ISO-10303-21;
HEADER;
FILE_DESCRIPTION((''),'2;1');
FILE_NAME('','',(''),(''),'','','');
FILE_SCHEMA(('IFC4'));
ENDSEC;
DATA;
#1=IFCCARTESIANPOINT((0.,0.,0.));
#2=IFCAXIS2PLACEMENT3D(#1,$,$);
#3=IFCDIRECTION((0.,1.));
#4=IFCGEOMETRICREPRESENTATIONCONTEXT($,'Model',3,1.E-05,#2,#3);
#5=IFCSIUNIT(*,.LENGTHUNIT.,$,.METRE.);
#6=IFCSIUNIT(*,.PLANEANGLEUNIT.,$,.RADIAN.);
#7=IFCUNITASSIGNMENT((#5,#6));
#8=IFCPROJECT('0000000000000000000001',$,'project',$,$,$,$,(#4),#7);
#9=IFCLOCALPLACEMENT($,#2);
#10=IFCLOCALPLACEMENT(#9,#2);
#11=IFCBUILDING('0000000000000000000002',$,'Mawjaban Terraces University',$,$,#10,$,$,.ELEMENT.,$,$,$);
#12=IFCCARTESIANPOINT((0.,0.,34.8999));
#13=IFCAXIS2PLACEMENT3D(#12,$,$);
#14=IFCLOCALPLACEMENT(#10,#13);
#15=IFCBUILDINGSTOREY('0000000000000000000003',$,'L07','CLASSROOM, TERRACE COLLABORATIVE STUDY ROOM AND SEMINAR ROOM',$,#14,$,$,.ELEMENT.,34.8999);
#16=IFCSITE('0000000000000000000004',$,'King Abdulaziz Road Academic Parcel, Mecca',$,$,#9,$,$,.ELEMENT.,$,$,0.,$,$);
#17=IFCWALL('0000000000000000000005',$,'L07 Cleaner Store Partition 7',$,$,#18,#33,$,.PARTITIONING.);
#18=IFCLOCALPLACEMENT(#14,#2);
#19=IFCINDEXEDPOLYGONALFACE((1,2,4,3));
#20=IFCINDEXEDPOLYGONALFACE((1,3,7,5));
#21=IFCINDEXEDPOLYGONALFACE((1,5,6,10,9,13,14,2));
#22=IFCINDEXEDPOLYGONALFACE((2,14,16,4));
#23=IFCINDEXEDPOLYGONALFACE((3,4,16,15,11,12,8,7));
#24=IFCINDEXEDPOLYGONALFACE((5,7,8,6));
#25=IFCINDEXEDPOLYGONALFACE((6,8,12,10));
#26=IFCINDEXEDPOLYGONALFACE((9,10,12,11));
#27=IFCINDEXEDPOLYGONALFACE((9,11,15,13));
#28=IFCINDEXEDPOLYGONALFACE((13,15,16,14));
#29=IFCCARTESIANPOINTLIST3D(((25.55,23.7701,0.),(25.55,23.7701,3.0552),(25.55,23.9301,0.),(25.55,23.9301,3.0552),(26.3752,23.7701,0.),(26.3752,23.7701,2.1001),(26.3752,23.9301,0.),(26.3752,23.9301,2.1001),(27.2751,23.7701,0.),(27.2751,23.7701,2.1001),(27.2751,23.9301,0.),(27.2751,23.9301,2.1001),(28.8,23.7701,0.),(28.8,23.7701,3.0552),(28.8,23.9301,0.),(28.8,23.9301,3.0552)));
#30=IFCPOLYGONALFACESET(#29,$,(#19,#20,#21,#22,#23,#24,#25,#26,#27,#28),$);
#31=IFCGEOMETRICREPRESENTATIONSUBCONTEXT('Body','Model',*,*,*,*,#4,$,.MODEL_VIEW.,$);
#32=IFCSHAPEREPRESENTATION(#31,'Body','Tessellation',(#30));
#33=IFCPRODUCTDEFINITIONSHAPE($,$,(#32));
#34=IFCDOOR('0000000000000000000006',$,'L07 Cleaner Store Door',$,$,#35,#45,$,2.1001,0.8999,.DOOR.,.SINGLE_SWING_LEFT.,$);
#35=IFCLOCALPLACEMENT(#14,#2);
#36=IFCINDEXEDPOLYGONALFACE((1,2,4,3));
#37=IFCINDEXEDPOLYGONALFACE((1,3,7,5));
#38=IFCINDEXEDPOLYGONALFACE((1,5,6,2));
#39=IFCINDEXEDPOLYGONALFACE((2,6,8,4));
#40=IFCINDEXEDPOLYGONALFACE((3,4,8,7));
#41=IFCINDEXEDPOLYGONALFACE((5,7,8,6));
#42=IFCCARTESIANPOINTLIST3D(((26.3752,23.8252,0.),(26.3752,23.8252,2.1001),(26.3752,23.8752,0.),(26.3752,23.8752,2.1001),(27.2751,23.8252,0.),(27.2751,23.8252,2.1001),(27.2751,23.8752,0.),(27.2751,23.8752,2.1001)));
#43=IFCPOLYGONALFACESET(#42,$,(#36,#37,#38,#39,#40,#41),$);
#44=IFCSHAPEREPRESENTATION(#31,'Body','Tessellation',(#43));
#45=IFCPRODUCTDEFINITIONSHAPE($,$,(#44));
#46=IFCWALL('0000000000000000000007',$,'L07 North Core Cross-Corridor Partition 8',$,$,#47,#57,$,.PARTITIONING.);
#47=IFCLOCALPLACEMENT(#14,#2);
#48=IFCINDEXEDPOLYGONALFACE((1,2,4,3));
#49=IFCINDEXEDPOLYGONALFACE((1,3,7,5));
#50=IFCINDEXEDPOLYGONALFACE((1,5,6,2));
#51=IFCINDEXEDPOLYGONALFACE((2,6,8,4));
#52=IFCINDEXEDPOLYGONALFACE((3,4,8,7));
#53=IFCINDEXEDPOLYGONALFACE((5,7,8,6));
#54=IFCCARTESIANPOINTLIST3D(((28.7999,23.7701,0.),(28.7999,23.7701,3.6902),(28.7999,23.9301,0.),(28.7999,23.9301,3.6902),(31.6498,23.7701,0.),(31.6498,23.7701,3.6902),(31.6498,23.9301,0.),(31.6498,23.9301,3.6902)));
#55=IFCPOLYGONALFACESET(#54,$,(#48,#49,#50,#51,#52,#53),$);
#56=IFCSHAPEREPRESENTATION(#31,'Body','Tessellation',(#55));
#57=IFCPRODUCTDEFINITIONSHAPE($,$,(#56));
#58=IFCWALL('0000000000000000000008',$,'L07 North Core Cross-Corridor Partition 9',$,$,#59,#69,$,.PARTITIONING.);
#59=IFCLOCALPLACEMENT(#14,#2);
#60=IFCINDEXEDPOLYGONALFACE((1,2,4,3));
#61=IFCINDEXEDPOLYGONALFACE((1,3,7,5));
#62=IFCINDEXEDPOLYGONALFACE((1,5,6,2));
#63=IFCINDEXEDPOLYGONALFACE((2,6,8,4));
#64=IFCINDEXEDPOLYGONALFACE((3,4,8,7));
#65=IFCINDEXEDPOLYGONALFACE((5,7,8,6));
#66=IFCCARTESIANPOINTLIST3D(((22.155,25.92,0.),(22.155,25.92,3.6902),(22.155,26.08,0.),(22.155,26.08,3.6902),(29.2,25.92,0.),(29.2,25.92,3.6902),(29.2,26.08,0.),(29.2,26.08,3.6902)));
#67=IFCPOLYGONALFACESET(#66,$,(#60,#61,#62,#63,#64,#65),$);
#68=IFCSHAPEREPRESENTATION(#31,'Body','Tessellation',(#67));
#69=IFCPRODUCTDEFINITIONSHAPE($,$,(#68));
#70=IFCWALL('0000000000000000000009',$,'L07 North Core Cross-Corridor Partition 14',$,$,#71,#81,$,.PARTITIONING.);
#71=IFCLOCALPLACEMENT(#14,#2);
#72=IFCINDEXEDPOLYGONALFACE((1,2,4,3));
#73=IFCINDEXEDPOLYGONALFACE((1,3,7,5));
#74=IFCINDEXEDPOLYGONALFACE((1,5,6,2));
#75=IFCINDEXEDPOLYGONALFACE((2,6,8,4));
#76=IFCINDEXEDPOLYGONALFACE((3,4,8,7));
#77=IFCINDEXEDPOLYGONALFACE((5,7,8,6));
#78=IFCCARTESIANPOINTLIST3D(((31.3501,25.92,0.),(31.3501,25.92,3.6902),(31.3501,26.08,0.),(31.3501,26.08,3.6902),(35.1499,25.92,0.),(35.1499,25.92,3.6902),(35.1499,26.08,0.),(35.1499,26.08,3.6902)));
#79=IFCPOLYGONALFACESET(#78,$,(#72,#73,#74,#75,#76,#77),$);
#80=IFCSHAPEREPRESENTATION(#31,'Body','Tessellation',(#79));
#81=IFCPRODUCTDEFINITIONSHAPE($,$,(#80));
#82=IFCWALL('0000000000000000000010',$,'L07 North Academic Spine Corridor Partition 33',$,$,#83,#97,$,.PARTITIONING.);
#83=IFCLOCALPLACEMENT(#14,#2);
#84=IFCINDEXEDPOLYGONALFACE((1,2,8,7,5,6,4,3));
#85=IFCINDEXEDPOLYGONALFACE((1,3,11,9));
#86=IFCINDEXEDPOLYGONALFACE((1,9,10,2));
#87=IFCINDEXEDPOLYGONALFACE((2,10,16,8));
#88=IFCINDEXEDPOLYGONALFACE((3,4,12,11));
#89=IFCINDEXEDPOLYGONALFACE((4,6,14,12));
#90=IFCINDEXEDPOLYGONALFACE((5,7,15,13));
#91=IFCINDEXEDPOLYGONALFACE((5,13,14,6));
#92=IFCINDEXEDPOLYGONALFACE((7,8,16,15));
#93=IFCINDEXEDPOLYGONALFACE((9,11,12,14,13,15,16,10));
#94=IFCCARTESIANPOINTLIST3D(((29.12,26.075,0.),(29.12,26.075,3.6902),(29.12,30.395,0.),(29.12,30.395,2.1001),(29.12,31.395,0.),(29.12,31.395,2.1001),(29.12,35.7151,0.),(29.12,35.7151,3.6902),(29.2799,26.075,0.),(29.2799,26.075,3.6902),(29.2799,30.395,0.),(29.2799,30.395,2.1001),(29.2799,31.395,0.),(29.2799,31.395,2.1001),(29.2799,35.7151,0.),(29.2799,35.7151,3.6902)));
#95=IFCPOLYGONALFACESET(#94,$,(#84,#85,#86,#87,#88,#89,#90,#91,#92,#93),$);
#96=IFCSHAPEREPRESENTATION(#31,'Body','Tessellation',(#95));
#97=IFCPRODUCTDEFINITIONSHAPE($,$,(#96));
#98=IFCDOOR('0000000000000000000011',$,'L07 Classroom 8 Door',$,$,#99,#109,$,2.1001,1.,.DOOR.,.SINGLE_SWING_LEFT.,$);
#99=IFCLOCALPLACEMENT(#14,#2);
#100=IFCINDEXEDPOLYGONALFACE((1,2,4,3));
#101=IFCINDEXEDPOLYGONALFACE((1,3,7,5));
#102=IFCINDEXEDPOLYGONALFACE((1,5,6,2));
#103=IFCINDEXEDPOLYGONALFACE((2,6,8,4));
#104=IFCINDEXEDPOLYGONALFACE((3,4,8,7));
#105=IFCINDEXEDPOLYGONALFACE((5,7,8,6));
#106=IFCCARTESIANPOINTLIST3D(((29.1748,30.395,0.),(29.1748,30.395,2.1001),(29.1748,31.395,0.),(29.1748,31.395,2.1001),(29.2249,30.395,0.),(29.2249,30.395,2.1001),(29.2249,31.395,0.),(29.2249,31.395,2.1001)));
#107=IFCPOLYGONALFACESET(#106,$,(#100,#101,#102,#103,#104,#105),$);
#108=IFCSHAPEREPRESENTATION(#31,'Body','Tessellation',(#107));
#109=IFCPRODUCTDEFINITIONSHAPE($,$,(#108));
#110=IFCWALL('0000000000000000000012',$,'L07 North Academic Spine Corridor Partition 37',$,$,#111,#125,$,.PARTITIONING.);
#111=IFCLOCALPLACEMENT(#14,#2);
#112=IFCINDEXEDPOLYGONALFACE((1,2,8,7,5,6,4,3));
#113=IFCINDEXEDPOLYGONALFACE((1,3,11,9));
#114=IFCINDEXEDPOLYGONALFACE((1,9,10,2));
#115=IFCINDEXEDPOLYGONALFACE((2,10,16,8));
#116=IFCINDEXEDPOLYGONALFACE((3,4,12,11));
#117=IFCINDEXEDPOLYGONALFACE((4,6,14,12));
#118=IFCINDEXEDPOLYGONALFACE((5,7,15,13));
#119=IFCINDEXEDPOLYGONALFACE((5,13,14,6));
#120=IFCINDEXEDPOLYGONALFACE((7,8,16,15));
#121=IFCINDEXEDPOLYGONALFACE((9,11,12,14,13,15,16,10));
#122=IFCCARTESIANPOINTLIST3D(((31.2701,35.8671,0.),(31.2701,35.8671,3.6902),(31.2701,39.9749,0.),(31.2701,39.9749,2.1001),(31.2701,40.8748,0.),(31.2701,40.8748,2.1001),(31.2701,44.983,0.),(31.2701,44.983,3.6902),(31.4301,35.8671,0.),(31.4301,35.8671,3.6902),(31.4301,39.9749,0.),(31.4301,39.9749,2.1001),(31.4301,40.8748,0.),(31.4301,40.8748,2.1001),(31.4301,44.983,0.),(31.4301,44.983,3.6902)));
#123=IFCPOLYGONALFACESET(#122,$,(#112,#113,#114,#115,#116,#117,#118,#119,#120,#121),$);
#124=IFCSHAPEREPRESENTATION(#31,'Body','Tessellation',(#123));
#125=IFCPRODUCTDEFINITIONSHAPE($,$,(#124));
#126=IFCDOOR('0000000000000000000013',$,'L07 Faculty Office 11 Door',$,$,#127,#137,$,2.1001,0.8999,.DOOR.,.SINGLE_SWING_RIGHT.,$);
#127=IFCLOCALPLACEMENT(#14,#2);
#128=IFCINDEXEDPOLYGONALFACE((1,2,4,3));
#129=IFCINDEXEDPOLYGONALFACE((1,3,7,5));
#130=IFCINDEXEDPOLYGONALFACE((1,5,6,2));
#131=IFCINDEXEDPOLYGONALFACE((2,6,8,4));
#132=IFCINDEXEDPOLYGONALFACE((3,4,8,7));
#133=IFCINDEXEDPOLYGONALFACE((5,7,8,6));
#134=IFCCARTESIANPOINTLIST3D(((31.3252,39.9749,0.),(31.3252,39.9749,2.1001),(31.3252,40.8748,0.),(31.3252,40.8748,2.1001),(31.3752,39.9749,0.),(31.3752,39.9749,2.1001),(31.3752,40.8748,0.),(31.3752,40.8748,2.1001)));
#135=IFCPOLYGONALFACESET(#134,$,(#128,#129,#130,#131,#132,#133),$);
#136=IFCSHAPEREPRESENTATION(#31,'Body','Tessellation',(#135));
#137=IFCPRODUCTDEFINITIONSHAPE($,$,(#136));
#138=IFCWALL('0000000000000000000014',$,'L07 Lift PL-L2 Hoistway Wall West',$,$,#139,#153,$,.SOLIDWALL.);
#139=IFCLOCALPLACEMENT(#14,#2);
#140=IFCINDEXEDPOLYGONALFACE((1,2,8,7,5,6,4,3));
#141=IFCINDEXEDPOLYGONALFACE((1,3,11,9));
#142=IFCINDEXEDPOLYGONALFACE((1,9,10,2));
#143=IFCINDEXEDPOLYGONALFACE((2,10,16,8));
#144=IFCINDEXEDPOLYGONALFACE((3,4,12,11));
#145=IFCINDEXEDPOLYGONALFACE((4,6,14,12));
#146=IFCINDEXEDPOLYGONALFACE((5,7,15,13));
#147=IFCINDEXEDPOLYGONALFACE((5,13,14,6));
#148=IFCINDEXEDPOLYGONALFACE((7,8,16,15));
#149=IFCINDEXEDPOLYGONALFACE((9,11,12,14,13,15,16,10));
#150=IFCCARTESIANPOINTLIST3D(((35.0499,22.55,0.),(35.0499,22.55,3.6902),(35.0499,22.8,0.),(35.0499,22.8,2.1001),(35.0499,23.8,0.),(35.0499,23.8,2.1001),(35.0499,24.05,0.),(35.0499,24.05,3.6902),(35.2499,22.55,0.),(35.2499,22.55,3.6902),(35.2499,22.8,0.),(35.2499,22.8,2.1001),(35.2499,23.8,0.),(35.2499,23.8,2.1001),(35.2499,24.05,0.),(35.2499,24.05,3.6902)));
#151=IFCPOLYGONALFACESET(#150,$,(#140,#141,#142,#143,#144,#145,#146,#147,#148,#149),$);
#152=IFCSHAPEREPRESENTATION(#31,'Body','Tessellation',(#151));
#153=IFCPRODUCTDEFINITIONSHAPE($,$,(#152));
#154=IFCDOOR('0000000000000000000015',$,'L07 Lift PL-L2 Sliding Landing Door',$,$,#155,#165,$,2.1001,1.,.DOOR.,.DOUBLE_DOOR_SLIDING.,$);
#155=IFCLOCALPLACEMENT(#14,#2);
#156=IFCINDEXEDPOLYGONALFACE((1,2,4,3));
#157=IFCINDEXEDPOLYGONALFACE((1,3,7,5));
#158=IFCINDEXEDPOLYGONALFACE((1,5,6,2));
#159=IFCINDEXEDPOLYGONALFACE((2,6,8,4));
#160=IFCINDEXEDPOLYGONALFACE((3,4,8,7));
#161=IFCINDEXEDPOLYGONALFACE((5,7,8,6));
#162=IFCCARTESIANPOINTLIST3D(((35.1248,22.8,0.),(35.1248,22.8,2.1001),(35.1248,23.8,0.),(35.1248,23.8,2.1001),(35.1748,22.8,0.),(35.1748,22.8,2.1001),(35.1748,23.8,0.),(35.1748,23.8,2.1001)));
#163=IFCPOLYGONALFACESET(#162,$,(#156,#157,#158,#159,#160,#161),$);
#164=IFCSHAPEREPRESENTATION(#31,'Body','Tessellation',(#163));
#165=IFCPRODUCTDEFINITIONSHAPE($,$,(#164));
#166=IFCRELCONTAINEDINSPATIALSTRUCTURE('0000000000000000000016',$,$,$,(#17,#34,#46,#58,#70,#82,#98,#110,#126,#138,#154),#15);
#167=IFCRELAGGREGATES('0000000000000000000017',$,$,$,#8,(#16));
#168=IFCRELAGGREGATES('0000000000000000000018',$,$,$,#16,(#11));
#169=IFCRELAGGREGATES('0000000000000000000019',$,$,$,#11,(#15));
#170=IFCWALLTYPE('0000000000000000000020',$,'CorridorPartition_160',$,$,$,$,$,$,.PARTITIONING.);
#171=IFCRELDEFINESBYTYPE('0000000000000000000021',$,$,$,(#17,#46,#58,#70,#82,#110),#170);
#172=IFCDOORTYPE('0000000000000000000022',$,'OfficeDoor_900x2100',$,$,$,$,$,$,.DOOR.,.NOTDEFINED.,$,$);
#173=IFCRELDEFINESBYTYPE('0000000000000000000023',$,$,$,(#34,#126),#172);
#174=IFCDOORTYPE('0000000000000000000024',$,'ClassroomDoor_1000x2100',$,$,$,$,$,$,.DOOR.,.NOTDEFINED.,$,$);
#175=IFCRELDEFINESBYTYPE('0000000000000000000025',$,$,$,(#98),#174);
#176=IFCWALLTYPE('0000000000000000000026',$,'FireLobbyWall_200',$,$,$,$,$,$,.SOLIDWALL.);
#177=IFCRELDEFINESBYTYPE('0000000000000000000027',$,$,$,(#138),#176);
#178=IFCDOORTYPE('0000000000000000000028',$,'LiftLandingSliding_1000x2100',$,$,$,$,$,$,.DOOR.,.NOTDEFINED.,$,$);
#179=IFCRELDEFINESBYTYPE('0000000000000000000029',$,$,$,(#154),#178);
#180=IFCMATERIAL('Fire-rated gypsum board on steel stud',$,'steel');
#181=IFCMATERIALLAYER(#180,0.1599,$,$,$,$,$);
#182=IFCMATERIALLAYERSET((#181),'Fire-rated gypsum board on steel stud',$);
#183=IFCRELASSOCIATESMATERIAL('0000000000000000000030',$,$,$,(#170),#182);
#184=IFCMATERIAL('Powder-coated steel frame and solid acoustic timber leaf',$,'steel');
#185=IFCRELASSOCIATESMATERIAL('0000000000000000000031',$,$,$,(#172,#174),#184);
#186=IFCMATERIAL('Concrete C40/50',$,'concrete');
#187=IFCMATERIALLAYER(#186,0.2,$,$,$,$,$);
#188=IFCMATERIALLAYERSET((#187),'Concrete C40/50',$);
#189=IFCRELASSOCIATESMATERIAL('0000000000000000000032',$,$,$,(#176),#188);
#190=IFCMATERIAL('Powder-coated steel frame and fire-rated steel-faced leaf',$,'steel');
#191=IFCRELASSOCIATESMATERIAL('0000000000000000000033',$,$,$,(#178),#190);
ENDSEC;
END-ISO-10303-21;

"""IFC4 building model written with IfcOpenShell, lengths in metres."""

from ifc_helpers import new_model, si_unit, direction, frame, frame_2d, origin, place, context, subcontext, project, spatial, rectangle, extrude, material, layer, layer_set, type_object, element, fill, save


model = new_model("IFC4")

# Units and contexts
model_context = context("Model", 3, precision=1e-05, world=origin(), true_north=direction((0.0, 1.0)))
body_context = subcontext(model_context, "Body", "Model", "MODEL_VIEW")
ifc_project = project(units=[si_unit("LENGTHUNIT", "METRE"), si_unit("PLANEANGLEUNIT", "RADIAN")], contexts=[model_context])

# Site, building, storey
site_placement = place(None, origin())
site = spatial("IfcSite", under=ifc_project, at=site_placement, Name="King Abdulaziz Road Academic Parcel, Mecca", CompositionType="ELEMENT", RefElevation=0.0)
building_placement = place(site_placement, origin())
building = spatial("IfcBuilding", under=site, at=building_placement, Name="Mawjaban Terraces University", CompositionType="ELEMENT")
storey_placement = place(building_placement, frame((0.0, 0.0, 34.8999)))
storey = spatial("IfcBuildingStorey", under=building, at=storey_placement, Name="L07", Description="CLASSROOM, TERRACE COLLABORATIVE STUDY ROOM AND SEMINAR ROOM", CompositionType="ELEMENT", Elevation=34.8999)

# Wall, opening, door
ifc_material_1 = material(Name="Fire-rated gypsum board on steel stud", Category="steel")
ifc_layer_1 = layer(ifc_material_1, 0.1599)
ifc_layer_set_1 = layer_set([ifc_layer_1], Name="Fire-rated gypsum board on steel stud")
wall_type_1 = type_object("IfcWallType", Name="CorridorPartition_160", PredefinedType="PARTITIONING", material=ifc_layer_set_1)
wall_1_placement = place(storey_placement, frame((28.8, 23.8501, 0.0), z_axis=(0.0, 0.0, 1.0), x_axis=(-1.0, 0.0, 0.0)))
wall_1 = element("IfcWall", 1, at=wall_1_placement, inside=storey, type_object=wall_type_1, Name="L07 Cleaner Store Partition 7", PredefinedType="PARTITIONING", context=body_context, shape_type="SweptSolid", body=[
    extrude(rectangle(XDim=3.25, YDim=0.1599, at=frame_2d((1.625, 0.0))), origin(), (0.0, 0.0, 1.0), 3.0552),
])
opening_1_placement = place(wall_1_placement, frame((1.5249, 0.0, 0.0)))
opening_1 = element("IfcOpeningElement", 2, at=opening_1_placement, cuts=wall_1, PredefinedType="OPENING", context=body_context, shape_type="SweptSolid", body=[
    extrude(rectangle(XDim=0.8999, YDim=2.1001, at=frame_2d((0.45, 1.05))), frame((0.0, 0.0898, 0.0), z_axis=(0.0, -1.0, 0.0), x_axis=(1.0, 0.0, 0.0)), (0.0, 0.0, 1.0), 0.1799),
])
ifc_material_2 = material(Name="Powder-coated steel frame and solid acoustic timber leaf", Category="steel")
door_type_1 = type_object("IfcDoorType", Name="OfficeDoor_900x2100", OperationType="NOTDEFINED", PredefinedType="DOOR", material=ifc_material_2)
door_1_placement = place(opening_1_placement, origin())
door_1 = element("IfcDoor", 3, at=door_1_placement, inside=storey, type_object=door_type_1, Name="L07 Cleaner Store Door", OperationType="SINGLE_SWING_LEFT", OverallHeight=2.1001, OverallWidth=0.8999, PredefinedType="DOOR", context=body_context, shape_type="SweptSolid", body=[
    extrude(rectangle(XDim=0.8999, YDim=2.1001, at=frame_2d((0.45, 1.05))), frame((0.0, 0.0249, 0.0), z_axis=(0.0, -1.0, 0.0), x_axis=(1.0, 0.0, 0.0)), (0.0, 0.0, 1.0), 0.05),
])
fill(opening_1, door_1)

# Walls
wall_2_placement = place(storey_placement, frame((28.8, 23.8501, 0.0), z_axis=(0.0, 0.0, 1.0), x_axis=(1.0, 0.0, 0.0)))
element("IfcWall", 4, at=wall_2_placement, inside=storey, type_object=wall_type_1, Name="L07 North Core Cross-Corridor Partition 8", PredefinedType="PARTITIONING", context=body_context, shape_type="SweptSolid", body=[
    extrude(rectangle(XDim=2.8499, YDim=0.1599, at=frame_2d((1.4248, 0.0))), origin(), (0.0, 0.0, 1.0), 3.6902),
])
wall_3_placement = place(storey_placement, frame((29.2, 26.0, 0.0), z_axis=(0.0, 0.0, 1.0), x_axis=(-1.0, 0.0, 0.0)))
element("IfcWall", 5, at=wall_3_placement, inside=storey, type_object=wall_type_1, Name="L07 North Core Cross-Corridor Partition 9", PredefinedType="PARTITIONING", context=body_context, shape_type="SweptSolid", body=[
    extrude(rectangle(XDim=7.0449, YDim=0.1599, at=frame_2d((3.5225, 0.0))), origin(), (0.0, 0.0, 1.0), 3.6902),
])
wall_4_placement = place(storey_placement, frame((35.1499, 26.0, 0.0), z_axis=(0.0, 0.0, 1.0), x_axis=(-1.0, 0.0, 0.0)))
element("IfcWall", 6, at=wall_4_placement, inside=storey, type_object=wall_type_1, Name="L07 North Core Cross-Corridor Partition 14", PredefinedType="PARTITIONING", context=body_context, shape_type="SweptSolid", body=[
    extrude(rectangle(XDim=3.7998, YDim=0.1599, at=frame_2d((1.8999, 0.0))), origin(), (0.0, 0.0, 1.0), 3.6902),
])

# Walls, openings, doors
wall_5_placement = place(storey_placement, frame((29.2, 35.7151, 0.0), z_axis=(0.0, 0.0, 1.0), x_axis=(0.0, -1.0, 0.0)))
wall_5 = element("IfcWall", 7, at=wall_5_placement, inside=storey, type_object=wall_type_1, Name="L07 North Academic Spine Corridor Partition 33", PredefinedType="PARTITIONING", context=body_context, shape_type="SweptSolid", body=[
    extrude(rectangle(XDim=9.6401, YDim=0.1599, at=frame_2d((4.8201, 0.0))), origin(), (0.0, 0.0, 1.0), 3.6902),
])
opening_2_placement = place(wall_5_placement, frame((4.3201, 0.0, 0.0)))
opening_2 = element("IfcOpeningElement", 8, at=opening_2_placement, cuts=wall_5, PredefinedType="OPENING", context=body_context, shape_type="SweptSolid", body=[
    extrude(rectangle(XDim=1.0, YDim=2.1001, at=frame_2d((0.5, 1.05))), frame((0.0, 0.0898, 0.0), z_axis=(0.0, -1.0, 0.0), x_axis=(1.0, 0.0, 0.0)), (0.0, 0.0, 1.0), 0.1799),
])
door_type_2 = type_object("IfcDoorType", Name="ClassroomDoor_1000x2100", OperationType="NOTDEFINED", PredefinedType="DOOR", material=ifc_material_2)
door_2_placement = place(opening_2_placement, origin())
door_2 = element("IfcDoor", 9, at=door_2_placement, inside=storey, type_object=door_type_2, Name="L07 Classroom 8 Door", OperationType="SINGLE_SWING_LEFT", OverallHeight=2.1001, OverallWidth=1.0, PredefinedType="DOOR", context=body_context, shape_type="SweptSolid", body=[
    extrude(rectangle(XDim=1.0, YDim=2.1001, at=frame_2d((0.5, 1.05))), frame((0.0, 0.0249, 0.0), z_axis=(0.0, -1.0, 0.0), x_axis=(1.0, 0.0, 0.0)), (0.0, 0.0, 1.0), 0.05),
])
fill(opening_2, door_2)
wall_6_placement = place(storey_placement, frame((31.3501, 35.8669, 0.0), z_axis=(0.0, 0.0, 1.0), x_axis=(0.0, 1.0, 0.0)))
wall_6 = element("IfcWall", 10, at=wall_6_placement, inside=storey, type_object=wall_type_1, Name="L07 North Academic Spine Corridor Partition 37", PredefinedType="PARTITIONING", context=body_context, shape_type="SweptSolid", body=[
    extrude(rectangle(XDim=9.116, YDim=0.1599, at=frame_2d((4.5581, 0.0))), origin(), (0.0, 0.0, 1.0), 3.6902),
])
opening_3_placement = place(wall_6_placement, frame((4.1079, 0.0, 0.0)))
opening_3 = element("IfcOpeningElement", 11, at=opening_3_placement, cuts=wall_6, PredefinedType="OPENING", context=body_context, shape_type="SweptSolid", body=[
    extrude(rectangle(XDim=0.8999, YDim=2.1001, at=frame_2d((0.45, 1.05))), frame((0.0, 0.0898, 0.0), z_axis=(0.0, -1.0, 0.0), x_axis=(1.0, 0.0, 0.0)), (0.0, 0.0, 1.0), 0.1799),
])
door_3_placement = place(opening_3_placement, origin())
door_3 = element("IfcDoor", 12, at=door_3_placement, inside=storey, type_object=door_type_1, Name="L07 Faculty Office 11 Door", OperationType="SINGLE_SWING_RIGHT", OverallHeight=2.1001, OverallWidth=0.8999, PredefinedType="DOOR", context=body_context, shape_type="SweptSolid", body=[
    extrude(rectangle(XDim=0.8999, YDim=2.1001, at=frame_2d((0.45, 1.05))), frame((0.0, 0.0249, 0.0), z_axis=(0.0, -1.0, 0.0), x_axis=(1.0, 0.0, 0.0)), (0.0, 0.0, 1.0), 0.05),
])
fill(opening_3, door_3)
ifc_material_3 = material(Name="Concrete C40/50", Category="concrete")
ifc_layer_2 = layer(ifc_material_3, 0.2)
ifc_layer_set_2 = layer_set([ifc_layer_2], Name="Concrete C40/50")
wall_type_2 = type_object("IfcWallType", Name="FireLobbyWall_200", PredefinedType="SOLIDWALL", material=ifc_layer_set_2)
wall_7_placement = place(storey_placement, frame((35.1499, 24.05, 0.0), z_axis=(0.0, 0.0, 1.0), x_axis=(0.0, -1.0, 0.0)))
wall_7 = element("IfcWall", 13, at=wall_7_placement, inside=storey, type_object=wall_type_2, Name="L07 Lift PL-L2 Hoistway Wall West", PredefinedType="SOLIDWALL", context=body_context, shape_type="SweptSolid", body=[
    extrude(rectangle(XDim=1.5, YDim=0.2, at=frame_2d((0.75, 0.0))), origin(), (0.0, 0.0, 1.0), 3.6902),
])
opening_4_placement = place(wall_7_placement, frame((0.25, 0.0, 0.0)))
opening_4 = element("IfcOpeningElement", 14, at=opening_4_placement, cuts=wall_7, PredefinedType="OPENING", context=body_context, shape_type="SweptSolid", body=[
    extrude(rectangle(XDim=1.0, YDim=2.1001, at=frame_2d((0.5, 1.05))), frame((0.0, 0.1099, 0.0), z_axis=(0.0, -1.0, 0.0), x_axis=(1.0, 0.0, 0.0)), (0.0, 0.0, 1.0), 0.22),
])
ifc_material_4 = material(Name="Powder-coated steel frame and fire-rated steel-faced leaf", Category="steel")
door_type_3 = type_object("IfcDoorType", Name="LiftLandingSliding_1000x2100", OperationType="NOTDEFINED", PredefinedType="DOOR", material=ifc_material_4)
door_4_placement = place(opening_4_placement, origin())
door_4 = element("IfcDoor", 15, at=door_4_placement, inside=storey, type_object=door_type_3, Name="L07 Lift PL-L2 Sliding Landing Door", OperationType="DOUBLE_DOOR_SLIDING", OverallHeight=2.1001, OverallWidth=1.0, PredefinedType="DOOR", context=body_context, shape_type="SweptSolid", body=[
    extrude(rectangle(XDim=1.0, YDim=2.1001, at=frame_2d((0.5, 1.05))), frame((0.0, 0.0249, 0.0), z_axis=(0.0, -1.0, 0.0), x_axis=(1.0, 0.0, 0.0)), (0.0, 0.0, 1.0), 0.05),
])
fill(opening_4, door_4)

save(model, "model.ifc")
